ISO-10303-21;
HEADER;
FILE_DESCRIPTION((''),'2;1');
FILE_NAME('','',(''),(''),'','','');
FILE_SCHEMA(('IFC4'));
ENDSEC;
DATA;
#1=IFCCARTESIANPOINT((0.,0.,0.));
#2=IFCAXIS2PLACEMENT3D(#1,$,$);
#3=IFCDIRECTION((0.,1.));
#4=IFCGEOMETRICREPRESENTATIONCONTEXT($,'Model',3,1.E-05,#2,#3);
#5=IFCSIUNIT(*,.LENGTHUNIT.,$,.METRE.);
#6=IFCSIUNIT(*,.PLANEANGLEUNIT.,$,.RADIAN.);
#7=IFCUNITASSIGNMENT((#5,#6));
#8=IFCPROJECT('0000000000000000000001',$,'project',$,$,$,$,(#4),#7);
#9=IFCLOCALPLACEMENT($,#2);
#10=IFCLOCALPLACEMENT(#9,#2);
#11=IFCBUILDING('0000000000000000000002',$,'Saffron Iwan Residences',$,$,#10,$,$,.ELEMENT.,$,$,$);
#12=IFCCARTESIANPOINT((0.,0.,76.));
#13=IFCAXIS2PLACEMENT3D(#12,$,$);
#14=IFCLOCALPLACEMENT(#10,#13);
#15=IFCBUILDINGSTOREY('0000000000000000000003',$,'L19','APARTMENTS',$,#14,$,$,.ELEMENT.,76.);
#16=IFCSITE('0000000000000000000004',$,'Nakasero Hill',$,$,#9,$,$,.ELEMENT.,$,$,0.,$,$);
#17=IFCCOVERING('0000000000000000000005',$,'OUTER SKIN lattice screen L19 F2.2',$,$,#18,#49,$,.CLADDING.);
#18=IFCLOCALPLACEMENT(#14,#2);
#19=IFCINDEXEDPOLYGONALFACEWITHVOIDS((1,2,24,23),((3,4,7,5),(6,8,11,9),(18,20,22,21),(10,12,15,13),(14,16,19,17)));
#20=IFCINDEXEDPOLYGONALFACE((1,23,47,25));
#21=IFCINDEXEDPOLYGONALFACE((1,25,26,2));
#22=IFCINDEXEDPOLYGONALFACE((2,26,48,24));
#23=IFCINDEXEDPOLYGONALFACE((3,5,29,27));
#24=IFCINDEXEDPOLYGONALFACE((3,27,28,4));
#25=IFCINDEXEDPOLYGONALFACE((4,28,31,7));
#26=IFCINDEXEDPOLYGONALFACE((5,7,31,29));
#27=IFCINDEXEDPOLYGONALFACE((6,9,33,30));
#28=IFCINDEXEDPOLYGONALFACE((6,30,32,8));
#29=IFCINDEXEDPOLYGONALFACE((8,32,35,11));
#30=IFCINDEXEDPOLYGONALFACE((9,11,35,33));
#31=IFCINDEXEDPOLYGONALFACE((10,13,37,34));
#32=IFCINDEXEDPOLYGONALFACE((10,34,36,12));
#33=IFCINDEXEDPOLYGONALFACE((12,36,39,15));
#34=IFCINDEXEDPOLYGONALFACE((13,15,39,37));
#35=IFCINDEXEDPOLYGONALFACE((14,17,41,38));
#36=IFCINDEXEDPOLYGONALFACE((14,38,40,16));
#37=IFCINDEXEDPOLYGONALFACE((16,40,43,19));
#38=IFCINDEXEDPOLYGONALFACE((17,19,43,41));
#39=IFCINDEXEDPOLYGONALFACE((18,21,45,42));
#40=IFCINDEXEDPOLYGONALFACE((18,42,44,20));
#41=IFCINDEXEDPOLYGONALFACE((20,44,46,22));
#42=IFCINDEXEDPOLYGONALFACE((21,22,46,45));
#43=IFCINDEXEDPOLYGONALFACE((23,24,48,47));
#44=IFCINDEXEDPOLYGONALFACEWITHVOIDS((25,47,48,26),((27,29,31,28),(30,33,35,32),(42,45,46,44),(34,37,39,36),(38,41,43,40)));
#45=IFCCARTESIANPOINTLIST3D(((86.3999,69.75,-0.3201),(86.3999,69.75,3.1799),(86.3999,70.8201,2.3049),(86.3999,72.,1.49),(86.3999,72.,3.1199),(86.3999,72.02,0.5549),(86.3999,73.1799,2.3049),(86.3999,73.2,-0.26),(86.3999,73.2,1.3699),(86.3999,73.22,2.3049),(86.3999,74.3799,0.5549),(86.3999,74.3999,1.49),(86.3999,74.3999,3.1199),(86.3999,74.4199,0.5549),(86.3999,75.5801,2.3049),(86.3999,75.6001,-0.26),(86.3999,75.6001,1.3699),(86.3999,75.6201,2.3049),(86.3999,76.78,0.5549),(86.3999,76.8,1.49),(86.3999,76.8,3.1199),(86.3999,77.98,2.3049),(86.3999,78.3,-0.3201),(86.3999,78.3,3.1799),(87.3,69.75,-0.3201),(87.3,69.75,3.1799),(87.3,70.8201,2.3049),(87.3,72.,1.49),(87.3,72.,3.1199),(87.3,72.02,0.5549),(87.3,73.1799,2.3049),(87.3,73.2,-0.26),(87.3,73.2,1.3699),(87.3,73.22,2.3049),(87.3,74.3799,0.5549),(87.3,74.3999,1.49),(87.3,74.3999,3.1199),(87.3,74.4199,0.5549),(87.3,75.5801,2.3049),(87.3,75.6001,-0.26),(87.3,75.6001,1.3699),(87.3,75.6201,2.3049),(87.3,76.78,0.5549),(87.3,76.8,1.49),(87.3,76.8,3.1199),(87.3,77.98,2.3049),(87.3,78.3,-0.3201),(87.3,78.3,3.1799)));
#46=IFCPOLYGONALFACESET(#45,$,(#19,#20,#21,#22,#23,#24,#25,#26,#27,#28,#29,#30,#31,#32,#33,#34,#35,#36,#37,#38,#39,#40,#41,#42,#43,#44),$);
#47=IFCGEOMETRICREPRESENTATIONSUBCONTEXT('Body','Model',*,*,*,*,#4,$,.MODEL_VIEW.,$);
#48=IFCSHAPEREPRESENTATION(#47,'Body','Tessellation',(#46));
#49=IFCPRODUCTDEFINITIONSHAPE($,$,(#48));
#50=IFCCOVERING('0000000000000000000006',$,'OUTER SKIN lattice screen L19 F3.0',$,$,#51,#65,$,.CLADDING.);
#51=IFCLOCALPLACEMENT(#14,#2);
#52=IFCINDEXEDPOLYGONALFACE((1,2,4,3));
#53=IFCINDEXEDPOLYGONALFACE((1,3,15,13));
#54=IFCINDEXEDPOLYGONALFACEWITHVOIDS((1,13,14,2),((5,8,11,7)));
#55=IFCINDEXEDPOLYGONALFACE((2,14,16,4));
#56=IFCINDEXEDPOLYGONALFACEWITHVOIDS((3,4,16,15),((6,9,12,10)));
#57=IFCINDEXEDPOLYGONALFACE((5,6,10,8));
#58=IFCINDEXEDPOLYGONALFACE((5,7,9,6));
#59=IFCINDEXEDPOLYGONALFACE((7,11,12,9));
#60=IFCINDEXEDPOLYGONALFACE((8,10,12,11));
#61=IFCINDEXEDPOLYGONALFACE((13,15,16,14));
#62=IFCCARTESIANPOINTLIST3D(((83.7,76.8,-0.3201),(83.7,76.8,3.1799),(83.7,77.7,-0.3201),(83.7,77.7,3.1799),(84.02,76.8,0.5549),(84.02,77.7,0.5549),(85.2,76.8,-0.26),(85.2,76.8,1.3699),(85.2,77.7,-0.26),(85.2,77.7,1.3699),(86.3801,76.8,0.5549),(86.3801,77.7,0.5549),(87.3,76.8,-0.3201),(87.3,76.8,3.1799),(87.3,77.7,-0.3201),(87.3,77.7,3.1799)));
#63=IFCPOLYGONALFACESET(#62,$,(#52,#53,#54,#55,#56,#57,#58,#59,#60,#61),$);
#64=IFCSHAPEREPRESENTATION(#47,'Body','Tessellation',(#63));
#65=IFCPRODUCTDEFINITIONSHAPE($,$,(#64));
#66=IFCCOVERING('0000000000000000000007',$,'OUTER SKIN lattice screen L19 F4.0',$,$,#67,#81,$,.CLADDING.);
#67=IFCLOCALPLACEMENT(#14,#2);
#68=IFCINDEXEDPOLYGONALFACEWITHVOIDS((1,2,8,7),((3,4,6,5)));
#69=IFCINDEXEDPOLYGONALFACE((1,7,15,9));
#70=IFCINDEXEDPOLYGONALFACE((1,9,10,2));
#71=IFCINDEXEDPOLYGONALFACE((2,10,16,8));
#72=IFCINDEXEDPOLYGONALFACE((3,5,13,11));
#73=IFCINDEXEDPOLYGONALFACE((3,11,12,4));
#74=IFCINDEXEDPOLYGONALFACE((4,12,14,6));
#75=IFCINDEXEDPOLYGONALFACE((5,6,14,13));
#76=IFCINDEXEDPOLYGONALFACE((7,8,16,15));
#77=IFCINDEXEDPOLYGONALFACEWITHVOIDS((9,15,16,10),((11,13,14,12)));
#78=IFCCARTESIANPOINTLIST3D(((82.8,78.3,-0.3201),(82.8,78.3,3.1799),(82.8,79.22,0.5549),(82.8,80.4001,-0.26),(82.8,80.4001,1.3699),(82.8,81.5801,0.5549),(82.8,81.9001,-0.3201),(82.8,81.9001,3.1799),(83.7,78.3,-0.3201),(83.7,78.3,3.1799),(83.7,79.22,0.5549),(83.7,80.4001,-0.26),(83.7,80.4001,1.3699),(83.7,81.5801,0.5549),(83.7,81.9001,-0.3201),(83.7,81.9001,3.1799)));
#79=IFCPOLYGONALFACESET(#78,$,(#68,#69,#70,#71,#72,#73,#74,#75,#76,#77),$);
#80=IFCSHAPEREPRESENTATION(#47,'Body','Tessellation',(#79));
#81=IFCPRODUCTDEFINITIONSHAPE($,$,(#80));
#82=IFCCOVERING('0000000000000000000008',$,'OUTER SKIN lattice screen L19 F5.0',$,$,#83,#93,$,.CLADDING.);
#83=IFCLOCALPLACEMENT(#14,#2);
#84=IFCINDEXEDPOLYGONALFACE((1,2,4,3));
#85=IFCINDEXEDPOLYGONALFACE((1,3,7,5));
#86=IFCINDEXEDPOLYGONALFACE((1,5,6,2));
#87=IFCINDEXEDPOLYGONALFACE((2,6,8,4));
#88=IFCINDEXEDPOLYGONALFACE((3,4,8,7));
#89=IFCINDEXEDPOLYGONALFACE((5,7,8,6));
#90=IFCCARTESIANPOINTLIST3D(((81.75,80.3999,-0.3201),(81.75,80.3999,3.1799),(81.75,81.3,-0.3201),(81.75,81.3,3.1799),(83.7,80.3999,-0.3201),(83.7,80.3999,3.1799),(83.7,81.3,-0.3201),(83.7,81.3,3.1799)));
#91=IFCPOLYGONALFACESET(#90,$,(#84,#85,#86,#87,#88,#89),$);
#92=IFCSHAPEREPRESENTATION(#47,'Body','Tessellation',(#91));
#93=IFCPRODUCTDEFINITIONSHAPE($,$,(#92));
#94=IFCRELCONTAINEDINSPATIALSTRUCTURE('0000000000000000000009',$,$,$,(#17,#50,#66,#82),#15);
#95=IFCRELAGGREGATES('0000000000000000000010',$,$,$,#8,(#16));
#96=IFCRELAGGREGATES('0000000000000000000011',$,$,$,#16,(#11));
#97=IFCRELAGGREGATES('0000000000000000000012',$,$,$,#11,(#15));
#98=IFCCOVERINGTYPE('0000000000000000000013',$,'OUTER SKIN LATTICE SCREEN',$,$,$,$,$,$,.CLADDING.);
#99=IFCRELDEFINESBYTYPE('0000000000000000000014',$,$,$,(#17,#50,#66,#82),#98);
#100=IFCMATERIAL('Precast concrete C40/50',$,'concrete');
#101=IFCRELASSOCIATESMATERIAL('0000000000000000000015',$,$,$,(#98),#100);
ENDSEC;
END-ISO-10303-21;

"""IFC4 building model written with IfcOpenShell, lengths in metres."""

from ifc_helpers import new_model, si_unit, direction, frame, origin, place, context, subcontext, project, spatial, polyline, outline, extrude, material, type_object, element, save


model = new_model("IFC4")

# Units and contexts
model_context = context("Model", 3, precision=1e-05, world=origin(), true_north=direction((0.0, 1.0)))
body_context = subcontext(model_context, "Body", "Model", "MODEL_VIEW")
ifc_project = project(units=[si_unit("LENGTHUNIT", "METRE"), si_unit("PLANEANGLEUNIT", "RADIAN")], contexts=[model_context])

# Site, building, storey
site_placement = place(None, origin())
site = spatial("IfcSite", under=ifc_project, at=site_placement, Name="Nakasero Hill", CompositionType="ELEMENT", RefElevation=0.0)
building_placement = place(site_placement, origin())
building = spatial("IfcBuilding", under=site, at=building_placement, Name="Saffron Iwan Residences", CompositionType="ELEMENT")
storey_placement = place(building_placement, frame((0.0, 0.0, 76.0)))
storey = spatial("IfcBuildingStorey", under=building, at=storey_placement, Name="L19", Description="APARTMENTS", CompositionType="ELEMENT", Elevation=76.0)

# Coverings
ifc_material_1 = material(Name="Precast concrete C40/50", Category="concrete")
covering_type = type_object("IfcCoveringType", Name="OUTER SKIN LATTICE SCREEN", PredefinedType="CLADDING", material=ifc_material_1)
covering_1_placement = place(storey_placement, frame((86.3999, 69.75, -0.3201), z_axis=(1.0, 0.0, 0.0), x_axis=(0.0, 1.0, 0.0)))
element("IfcCovering", 1, at=covering_1_placement, inside=storey, type_object=covering_type, Name="OUTER SKIN lattice screen L19 F2.2", PredefinedType="CLADDING", context=body_context, shape_type="SweptSolid", body=[
    extrude(outline(polyline([(0.0, 0.0), (8.55, 0.0), (8.55, 3.5), (0.0, 3.5), (0.0, 0.0)]), holes=[polyline([(2.27, 0.875), (3.45, 0.0601), (4.6299, 0.875), (3.45, 1.6899), (2.27, 0.875)]), polyline([(4.6699, 0.875), (5.8501, 0.0601), (7.03, 0.875), (5.8501, 1.6899), (4.6699, 0.875)]), polyline([(1.0701, 2.625), (2.25, 1.8101), (3.4299, 2.625), (2.25, 3.4399), (1.0701, 2.625)]), polyline([(3.47, 2.625), (4.6499, 1.8101), (5.8301, 2.625), (4.6499, 3.4399), (3.47, 2.625)]), polyline([(5.8701, 2.625), (7.05, 1.8101), (8.23, 2.625), (7.05, 3.4399), (5.8701, 2.625)])]), origin(), (0.0, 0.0, 1.0), 0.9001),
])
for number, where, z_axis, x_axis, name in (
    (2, (87.3, 76.8, -0.3201), (0.0, 1.0, 0.0), (-1.0, 0.0, 0.0), "OUTER SKIN lattice screen L19 F3.0"),
    (3, (82.8, 78.3, -0.3201), (1.0, 0.0, 0.0), (0.0, 1.0, 0.0), "OUTER SKIN lattice screen L19 F4.0"),
):
    element("IfcCovering", number, at=place(storey_placement, frame(where, z_axis=z_axis, x_axis=x_axis)), inside=storey, type_object=covering_type, Name=name, PredefinedType="CLADDING", context=body_context, shape_type="SweptSolid", body=[
        extrude(outline(polyline([(0.0, 0.0), (3.6001, 0.0), (3.6001, 3.5), (0.0, 3.5), (0.0, 0.0)]), holes=[polyline([(0.9199, 0.875), (2.1001, 0.0601), (3.28, 0.875), (2.1001, 1.6899), (0.9199, 0.875)])]), origin(), (0.0, 0.0, 1.0), 0.8999),
    ])
covering_2_placement = place(storey_placement, frame((83.7, 80.3999, -0.3201), z_axis=(0.0, 1.0, 0.0), x_axis=(-1.0, 0.0, 0.0)))
element("IfcCovering", 4, at=covering_2_placement, inside=storey, type_object=covering_type, Name="OUTER SKIN lattice screen L19 F5.0", PredefinedType="CLADDING", context=body_context, shape_type="SweptSolid", body=[
    extrude(outline(polyline([(0.0, 0.0), (1.95, 0.0), (1.95, 3.5), (0.0, 3.5), (0.0, 0.0)])), origin(), (0.0, 0.0, 1.0), 0.9001),
])

save(model, "model.ifc")
